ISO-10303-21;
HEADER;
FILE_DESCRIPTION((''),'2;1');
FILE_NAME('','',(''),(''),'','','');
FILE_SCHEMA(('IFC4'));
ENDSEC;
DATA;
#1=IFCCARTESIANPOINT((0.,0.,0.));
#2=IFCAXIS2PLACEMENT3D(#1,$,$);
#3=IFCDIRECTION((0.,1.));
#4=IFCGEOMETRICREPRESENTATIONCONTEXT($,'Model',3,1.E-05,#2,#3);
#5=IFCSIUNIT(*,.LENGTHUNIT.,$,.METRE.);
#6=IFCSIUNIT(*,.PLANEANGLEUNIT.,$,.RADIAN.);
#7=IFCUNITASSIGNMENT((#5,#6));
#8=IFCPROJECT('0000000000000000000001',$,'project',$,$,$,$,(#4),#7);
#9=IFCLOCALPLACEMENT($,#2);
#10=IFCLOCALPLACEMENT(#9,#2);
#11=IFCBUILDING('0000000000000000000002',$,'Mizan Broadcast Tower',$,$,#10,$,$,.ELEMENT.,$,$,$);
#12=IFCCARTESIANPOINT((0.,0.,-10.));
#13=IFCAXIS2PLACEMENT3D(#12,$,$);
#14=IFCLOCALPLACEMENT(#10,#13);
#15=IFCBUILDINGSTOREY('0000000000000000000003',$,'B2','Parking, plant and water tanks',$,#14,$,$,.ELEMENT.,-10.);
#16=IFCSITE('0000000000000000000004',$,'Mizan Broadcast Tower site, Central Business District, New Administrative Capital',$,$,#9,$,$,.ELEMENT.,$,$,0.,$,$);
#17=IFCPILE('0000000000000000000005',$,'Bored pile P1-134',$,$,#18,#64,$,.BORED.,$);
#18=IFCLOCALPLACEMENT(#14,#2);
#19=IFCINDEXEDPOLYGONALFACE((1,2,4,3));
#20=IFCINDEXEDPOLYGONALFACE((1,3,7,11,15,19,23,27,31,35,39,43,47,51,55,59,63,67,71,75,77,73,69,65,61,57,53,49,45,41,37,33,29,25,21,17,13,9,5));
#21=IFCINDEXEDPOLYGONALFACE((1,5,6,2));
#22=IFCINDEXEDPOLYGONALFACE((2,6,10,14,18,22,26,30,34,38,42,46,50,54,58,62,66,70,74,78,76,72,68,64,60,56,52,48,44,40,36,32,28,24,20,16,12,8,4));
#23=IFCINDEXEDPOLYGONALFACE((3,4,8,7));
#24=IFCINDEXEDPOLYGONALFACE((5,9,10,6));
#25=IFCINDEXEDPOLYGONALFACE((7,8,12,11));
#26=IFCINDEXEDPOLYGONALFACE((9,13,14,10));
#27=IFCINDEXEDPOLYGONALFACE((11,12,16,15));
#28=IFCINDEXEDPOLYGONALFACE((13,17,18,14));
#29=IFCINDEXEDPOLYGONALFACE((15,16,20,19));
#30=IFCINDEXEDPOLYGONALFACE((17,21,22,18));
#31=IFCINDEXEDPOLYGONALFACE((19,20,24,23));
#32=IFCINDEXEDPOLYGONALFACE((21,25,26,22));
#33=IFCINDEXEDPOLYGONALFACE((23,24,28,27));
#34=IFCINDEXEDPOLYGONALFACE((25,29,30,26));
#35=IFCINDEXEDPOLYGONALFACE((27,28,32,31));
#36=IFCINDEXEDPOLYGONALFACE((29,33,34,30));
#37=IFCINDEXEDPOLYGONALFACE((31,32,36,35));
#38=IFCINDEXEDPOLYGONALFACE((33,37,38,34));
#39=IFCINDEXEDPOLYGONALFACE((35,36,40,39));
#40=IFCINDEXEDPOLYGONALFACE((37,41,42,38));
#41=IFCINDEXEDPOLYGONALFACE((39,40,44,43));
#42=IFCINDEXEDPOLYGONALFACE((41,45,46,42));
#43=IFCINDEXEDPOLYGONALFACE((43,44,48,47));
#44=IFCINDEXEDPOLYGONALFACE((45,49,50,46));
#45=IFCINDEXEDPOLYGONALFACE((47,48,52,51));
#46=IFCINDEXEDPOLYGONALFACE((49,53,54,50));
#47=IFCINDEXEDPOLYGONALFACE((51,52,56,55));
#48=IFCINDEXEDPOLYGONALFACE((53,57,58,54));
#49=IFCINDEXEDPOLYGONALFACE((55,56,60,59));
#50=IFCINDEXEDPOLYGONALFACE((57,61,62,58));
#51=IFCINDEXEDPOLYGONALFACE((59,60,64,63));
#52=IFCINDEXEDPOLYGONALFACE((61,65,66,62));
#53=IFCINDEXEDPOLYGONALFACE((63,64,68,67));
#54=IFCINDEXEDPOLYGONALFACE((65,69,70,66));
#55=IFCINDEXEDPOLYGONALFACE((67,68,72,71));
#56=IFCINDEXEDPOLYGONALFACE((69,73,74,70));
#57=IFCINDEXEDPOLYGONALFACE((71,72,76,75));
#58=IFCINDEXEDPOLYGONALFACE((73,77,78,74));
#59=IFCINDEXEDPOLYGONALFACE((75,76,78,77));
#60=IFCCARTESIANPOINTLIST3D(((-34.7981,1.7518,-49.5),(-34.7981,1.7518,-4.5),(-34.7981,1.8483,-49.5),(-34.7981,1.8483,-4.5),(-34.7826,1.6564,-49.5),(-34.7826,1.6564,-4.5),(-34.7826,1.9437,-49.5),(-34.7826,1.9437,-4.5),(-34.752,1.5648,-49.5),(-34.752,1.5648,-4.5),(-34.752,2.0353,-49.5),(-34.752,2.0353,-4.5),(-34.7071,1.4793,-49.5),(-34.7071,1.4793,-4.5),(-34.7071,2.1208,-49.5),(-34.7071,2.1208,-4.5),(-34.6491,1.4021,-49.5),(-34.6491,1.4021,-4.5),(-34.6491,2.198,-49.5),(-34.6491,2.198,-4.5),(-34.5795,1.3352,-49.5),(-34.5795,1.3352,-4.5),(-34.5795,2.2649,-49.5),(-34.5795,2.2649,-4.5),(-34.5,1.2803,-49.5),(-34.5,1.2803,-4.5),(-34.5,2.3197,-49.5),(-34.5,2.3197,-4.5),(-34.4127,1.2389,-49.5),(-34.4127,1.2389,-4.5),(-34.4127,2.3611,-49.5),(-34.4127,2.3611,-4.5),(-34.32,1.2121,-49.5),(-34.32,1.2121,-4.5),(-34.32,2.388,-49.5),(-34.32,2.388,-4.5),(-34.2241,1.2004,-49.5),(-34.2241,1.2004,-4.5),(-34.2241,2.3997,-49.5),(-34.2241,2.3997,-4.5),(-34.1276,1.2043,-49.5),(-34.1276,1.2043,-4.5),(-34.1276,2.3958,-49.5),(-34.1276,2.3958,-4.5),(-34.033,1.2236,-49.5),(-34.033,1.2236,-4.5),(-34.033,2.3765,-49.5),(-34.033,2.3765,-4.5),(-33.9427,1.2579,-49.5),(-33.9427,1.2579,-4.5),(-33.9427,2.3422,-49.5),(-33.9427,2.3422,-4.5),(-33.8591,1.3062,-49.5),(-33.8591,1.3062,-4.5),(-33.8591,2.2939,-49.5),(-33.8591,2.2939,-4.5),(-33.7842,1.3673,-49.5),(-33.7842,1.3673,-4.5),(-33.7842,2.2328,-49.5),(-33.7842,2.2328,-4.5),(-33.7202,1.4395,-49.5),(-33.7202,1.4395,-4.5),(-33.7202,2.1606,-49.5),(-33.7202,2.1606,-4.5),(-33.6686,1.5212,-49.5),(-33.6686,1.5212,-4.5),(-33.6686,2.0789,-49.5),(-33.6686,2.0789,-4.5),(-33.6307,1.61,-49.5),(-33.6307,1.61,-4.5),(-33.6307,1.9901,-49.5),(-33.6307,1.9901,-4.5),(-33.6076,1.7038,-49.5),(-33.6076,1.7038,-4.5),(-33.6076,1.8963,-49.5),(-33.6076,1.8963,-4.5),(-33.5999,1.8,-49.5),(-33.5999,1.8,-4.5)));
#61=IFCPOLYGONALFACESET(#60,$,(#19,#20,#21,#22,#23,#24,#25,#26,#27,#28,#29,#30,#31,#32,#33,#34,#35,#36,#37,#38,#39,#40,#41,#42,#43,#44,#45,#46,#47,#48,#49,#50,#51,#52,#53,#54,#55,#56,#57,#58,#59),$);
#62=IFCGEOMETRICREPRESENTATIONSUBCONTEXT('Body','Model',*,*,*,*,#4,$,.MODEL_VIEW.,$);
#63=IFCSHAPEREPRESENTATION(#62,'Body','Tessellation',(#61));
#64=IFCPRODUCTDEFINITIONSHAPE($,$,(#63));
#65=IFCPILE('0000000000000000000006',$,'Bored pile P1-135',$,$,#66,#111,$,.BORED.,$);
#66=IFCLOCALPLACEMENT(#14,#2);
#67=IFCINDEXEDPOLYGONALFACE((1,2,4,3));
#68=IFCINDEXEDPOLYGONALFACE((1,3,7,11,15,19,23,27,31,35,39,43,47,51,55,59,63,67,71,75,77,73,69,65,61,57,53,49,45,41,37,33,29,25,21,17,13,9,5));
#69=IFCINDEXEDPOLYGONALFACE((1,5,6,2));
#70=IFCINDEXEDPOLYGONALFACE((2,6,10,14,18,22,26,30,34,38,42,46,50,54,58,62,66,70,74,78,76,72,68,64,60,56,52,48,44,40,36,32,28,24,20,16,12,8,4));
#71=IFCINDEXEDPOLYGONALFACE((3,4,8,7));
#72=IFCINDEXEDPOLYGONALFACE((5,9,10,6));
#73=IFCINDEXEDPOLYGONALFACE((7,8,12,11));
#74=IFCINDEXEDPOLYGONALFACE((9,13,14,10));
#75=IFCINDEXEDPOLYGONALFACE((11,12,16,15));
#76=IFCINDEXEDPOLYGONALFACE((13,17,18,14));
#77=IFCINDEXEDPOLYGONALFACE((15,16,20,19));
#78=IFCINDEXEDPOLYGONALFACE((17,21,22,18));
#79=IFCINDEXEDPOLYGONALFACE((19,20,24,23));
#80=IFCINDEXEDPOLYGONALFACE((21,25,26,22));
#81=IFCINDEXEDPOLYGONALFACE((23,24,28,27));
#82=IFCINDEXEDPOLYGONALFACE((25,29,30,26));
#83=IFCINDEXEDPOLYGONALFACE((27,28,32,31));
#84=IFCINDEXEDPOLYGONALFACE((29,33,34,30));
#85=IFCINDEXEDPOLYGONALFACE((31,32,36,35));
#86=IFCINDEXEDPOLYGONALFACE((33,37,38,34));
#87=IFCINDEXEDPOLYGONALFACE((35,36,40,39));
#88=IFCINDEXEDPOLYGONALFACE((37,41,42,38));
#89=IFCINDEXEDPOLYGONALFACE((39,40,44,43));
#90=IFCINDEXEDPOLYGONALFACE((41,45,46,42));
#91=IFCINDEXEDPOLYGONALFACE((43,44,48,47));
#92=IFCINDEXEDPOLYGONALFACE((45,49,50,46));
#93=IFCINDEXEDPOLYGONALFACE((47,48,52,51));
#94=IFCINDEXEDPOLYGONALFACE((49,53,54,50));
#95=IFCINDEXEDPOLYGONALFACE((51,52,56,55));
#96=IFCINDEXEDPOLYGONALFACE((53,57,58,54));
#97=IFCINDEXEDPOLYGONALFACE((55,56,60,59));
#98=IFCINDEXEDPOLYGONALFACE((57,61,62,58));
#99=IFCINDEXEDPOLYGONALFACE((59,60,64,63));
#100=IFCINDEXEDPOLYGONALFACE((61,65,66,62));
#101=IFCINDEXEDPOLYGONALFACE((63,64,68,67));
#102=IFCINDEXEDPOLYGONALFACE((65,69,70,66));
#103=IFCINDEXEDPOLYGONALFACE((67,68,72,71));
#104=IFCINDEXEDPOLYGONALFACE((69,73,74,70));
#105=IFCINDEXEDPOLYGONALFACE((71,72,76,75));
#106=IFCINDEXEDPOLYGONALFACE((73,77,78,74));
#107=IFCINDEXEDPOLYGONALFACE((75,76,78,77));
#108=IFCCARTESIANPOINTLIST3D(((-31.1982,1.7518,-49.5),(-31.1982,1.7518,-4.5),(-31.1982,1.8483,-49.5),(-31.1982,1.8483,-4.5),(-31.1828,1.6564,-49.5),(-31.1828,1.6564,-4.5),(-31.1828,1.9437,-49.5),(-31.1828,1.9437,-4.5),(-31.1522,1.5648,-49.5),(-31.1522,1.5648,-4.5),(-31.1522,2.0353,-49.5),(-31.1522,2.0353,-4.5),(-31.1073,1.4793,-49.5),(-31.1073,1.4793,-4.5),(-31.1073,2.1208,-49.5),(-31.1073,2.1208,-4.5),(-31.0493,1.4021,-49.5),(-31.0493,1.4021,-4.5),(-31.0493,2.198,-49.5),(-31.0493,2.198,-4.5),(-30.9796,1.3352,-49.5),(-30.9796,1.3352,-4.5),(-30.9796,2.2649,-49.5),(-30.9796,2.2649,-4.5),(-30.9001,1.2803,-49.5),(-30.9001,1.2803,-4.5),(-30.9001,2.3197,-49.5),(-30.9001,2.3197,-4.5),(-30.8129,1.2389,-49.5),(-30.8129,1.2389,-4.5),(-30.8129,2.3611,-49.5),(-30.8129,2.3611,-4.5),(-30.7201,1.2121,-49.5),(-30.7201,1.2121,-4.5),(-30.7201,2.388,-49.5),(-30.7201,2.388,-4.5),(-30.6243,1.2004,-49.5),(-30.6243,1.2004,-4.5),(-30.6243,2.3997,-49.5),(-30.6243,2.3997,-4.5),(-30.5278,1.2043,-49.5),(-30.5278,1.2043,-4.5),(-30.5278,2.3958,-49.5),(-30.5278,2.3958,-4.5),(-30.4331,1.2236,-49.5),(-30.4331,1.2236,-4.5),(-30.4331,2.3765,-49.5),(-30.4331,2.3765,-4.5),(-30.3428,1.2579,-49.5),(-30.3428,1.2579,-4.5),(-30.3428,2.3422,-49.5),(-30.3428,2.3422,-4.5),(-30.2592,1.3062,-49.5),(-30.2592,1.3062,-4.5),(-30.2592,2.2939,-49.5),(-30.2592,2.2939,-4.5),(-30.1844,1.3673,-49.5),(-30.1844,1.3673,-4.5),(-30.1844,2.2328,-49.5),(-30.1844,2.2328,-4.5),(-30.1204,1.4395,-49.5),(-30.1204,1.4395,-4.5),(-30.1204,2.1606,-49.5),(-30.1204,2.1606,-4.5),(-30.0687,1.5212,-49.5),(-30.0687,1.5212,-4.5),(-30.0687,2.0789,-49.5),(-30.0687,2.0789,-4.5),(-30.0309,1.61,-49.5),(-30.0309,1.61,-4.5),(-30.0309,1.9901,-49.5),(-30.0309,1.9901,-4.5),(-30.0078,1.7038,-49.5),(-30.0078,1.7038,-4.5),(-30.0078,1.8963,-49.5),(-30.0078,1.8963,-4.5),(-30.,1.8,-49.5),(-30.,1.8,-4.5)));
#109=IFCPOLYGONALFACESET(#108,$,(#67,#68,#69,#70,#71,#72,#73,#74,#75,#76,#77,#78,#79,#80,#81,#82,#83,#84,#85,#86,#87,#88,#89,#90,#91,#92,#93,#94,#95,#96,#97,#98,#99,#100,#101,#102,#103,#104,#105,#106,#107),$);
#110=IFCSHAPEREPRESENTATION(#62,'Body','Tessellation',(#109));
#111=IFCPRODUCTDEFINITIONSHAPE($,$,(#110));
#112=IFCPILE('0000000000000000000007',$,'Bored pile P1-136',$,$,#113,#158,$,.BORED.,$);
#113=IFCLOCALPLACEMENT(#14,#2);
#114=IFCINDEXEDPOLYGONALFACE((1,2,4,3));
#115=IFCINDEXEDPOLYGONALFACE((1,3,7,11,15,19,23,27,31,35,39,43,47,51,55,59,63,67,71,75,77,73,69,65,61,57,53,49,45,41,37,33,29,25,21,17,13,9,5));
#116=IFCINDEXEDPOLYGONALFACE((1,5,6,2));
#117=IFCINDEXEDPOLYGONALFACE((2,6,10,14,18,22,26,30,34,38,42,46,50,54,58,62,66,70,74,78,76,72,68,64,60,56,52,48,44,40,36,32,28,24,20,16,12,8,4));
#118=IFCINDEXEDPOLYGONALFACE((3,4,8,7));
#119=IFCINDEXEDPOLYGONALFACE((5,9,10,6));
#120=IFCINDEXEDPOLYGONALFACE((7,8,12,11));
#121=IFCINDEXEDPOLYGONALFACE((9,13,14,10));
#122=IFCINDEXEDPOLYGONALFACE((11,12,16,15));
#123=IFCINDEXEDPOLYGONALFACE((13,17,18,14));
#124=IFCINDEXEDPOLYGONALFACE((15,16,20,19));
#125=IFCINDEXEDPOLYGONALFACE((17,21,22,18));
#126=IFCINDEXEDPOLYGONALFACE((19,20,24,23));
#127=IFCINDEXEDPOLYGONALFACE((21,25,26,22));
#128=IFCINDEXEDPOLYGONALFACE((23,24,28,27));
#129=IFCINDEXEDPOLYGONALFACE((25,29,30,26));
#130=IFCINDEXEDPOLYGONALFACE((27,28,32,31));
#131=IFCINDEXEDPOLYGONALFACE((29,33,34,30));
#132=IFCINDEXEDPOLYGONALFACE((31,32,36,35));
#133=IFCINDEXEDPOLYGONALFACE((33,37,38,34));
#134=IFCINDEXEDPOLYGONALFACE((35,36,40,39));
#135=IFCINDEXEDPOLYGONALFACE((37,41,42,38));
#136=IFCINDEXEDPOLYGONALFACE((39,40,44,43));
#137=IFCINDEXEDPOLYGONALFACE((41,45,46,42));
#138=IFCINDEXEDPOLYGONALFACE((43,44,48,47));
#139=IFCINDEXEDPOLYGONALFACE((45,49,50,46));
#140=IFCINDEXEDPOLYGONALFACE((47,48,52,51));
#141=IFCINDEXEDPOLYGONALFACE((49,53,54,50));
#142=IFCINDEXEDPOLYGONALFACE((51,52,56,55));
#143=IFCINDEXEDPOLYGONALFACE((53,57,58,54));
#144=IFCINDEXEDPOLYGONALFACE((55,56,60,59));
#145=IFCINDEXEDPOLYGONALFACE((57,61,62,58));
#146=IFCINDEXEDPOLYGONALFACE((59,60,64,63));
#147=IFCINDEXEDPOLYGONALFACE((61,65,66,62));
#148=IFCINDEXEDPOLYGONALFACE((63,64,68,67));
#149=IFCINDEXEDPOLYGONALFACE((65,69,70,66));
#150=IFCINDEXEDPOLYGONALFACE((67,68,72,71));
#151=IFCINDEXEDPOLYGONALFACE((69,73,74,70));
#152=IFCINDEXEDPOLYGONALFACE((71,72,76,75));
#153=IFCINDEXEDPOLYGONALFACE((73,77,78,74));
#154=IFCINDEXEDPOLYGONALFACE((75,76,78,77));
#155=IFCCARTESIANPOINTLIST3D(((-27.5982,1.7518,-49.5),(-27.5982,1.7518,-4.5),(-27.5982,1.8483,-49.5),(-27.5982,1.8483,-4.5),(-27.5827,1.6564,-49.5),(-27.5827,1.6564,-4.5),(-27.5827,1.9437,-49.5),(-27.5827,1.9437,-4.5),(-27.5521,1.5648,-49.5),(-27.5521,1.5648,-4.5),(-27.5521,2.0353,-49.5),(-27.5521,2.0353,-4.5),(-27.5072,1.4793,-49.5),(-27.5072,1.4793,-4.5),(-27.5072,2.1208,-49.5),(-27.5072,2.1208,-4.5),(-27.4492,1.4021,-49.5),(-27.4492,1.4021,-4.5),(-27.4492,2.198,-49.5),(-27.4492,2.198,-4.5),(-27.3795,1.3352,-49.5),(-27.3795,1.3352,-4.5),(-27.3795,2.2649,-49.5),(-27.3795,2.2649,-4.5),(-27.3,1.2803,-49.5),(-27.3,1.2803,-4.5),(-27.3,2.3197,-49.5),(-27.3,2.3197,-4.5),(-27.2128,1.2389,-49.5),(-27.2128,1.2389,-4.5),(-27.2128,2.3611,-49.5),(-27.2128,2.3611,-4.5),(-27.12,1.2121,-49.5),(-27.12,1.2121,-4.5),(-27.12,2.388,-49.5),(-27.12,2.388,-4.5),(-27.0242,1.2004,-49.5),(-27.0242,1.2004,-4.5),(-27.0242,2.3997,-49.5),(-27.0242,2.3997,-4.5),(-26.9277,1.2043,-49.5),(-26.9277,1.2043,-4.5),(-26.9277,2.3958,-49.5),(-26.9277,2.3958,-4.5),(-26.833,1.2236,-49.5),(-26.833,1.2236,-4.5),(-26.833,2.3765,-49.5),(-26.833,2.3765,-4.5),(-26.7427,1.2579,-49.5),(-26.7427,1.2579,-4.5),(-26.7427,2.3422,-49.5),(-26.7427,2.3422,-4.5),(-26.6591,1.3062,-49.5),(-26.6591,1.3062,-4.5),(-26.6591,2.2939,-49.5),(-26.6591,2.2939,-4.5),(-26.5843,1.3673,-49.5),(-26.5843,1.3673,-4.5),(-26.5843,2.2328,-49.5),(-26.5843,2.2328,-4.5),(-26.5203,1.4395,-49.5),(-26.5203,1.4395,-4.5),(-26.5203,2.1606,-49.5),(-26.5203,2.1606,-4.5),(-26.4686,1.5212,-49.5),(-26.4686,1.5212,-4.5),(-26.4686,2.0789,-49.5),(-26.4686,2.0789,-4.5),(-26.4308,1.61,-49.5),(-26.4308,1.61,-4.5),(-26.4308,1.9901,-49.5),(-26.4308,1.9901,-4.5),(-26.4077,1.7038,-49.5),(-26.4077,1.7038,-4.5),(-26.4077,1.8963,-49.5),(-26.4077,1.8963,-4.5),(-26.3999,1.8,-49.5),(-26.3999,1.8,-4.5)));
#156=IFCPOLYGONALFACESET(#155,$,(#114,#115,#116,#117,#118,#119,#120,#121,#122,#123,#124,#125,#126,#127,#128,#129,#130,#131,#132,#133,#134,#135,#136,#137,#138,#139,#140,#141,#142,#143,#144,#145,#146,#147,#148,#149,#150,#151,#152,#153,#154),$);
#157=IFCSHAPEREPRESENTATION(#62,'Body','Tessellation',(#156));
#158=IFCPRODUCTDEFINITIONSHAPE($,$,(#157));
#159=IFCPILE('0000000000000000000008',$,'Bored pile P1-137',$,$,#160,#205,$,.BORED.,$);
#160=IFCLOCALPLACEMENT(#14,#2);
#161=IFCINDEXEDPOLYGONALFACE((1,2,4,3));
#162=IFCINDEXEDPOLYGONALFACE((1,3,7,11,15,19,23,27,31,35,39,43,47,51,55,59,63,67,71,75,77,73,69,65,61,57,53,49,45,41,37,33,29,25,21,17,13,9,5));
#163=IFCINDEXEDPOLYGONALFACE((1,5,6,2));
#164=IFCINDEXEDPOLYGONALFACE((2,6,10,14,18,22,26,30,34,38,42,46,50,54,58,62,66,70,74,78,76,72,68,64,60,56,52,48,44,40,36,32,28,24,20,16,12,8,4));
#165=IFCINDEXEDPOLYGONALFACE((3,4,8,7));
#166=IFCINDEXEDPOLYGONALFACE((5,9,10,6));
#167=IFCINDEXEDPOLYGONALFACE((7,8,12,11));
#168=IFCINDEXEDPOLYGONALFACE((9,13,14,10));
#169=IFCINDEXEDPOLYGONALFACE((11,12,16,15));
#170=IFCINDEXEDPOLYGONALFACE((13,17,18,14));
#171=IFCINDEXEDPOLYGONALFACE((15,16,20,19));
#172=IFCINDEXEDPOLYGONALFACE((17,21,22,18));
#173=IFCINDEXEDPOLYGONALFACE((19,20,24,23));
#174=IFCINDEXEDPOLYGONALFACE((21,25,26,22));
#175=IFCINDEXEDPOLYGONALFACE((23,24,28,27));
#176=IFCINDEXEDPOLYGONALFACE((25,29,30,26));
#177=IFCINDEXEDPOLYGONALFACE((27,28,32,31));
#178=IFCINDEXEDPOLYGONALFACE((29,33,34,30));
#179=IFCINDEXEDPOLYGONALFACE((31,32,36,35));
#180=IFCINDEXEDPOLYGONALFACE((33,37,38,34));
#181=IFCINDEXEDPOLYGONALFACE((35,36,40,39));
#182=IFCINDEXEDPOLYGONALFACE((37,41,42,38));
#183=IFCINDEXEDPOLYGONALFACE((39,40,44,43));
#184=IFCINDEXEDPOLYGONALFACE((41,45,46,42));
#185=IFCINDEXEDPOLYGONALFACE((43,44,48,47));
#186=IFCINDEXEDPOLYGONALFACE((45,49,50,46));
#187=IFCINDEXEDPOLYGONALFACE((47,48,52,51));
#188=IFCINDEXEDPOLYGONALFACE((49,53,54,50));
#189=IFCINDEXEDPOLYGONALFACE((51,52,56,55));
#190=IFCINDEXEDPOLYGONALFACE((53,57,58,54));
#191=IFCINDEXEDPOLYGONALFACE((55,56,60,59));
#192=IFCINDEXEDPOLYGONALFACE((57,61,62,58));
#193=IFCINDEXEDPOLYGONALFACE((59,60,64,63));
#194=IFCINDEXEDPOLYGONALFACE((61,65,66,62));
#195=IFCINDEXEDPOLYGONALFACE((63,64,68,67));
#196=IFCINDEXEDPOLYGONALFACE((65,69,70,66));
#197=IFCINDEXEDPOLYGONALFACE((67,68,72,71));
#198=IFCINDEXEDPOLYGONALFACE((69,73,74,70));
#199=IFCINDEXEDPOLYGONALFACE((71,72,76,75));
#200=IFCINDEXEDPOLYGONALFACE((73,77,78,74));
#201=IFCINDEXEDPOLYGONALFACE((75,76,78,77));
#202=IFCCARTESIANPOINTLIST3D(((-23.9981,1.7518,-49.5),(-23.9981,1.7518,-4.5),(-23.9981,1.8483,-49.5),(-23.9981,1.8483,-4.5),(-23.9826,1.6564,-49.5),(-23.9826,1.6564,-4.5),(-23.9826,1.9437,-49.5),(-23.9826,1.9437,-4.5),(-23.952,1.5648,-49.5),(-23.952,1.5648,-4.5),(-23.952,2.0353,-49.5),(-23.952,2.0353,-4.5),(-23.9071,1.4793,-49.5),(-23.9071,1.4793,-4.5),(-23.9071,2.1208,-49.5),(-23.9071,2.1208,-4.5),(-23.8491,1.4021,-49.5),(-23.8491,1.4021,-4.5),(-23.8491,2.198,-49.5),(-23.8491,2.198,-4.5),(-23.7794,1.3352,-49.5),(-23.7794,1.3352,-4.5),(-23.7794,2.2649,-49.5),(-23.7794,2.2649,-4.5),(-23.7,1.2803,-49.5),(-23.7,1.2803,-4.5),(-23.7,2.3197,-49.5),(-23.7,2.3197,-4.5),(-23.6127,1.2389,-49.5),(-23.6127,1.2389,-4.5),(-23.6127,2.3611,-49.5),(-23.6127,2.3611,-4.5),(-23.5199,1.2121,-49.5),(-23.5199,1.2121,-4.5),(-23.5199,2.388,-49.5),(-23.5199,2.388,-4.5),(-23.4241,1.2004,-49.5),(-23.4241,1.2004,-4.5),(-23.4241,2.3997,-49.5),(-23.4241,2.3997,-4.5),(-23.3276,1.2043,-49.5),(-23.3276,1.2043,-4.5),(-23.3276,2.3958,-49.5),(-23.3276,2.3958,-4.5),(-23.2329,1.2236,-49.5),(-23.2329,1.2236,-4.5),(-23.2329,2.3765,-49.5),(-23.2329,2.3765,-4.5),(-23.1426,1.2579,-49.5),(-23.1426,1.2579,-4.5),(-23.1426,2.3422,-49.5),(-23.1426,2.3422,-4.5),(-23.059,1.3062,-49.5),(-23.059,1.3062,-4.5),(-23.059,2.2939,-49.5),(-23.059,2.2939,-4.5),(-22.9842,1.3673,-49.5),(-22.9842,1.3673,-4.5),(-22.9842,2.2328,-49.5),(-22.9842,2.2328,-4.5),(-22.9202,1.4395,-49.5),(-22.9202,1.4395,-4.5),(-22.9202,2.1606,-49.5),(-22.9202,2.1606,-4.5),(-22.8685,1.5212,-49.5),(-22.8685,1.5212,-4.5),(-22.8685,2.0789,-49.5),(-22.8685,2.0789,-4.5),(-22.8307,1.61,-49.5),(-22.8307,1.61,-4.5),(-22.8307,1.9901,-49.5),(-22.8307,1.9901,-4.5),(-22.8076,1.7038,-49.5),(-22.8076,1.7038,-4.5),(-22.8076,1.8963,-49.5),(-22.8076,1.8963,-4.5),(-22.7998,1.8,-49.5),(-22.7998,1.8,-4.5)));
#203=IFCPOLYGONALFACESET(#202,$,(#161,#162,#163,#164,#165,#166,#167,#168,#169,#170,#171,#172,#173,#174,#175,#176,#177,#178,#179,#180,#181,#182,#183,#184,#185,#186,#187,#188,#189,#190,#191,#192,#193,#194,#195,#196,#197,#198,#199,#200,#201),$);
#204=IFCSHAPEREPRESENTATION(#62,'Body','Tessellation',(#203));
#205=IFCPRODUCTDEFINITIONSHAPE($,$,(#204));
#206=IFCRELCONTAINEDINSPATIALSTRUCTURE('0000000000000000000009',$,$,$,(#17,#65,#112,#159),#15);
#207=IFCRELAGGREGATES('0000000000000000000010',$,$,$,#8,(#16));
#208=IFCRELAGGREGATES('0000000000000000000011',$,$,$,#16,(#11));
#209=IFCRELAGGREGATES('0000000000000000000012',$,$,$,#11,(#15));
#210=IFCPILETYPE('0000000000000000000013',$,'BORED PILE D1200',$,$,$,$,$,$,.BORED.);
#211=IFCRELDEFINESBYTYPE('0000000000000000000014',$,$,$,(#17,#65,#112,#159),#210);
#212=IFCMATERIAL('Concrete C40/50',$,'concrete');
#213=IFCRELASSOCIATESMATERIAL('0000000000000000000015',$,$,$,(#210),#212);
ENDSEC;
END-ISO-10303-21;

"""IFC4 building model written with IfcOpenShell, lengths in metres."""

from ifc_helpers import new_model, si_unit, direction, frame, origin, origin_2d, place, context, subcontext, project, spatial, circle, extrude, material, material_profile, profile_set, type_object, element, save


model = new_model("IFC4")

# Units and contexts
model_context = context("Model", 3, precision=1e-05, world=origin(), true_north=direction((0.0, 1.0)))
body_context = subcontext(model_context, "Body", "Model", "MODEL_VIEW")
ifc_project = project(units=[si_unit("LENGTHUNIT", "METRE"), si_unit("PLANEANGLEUNIT", "RADIAN")], contexts=[model_context])

# Site, building, storey
site_placement = place(None, origin())
site = spatial("IfcSite", under=ifc_project, at=site_placement, Name="Mizan Broadcast Tower site, Central Business District, New Administrative Capital", CompositionType="ELEMENT", RefElevation=0.0)
building_placement = place(site_placement, origin())
building = spatial("IfcBuilding", under=site, at=building_placement, Name="Mizan Broadcast Tower", CompositionType="ELEMENT")
storey_placement = place(building_placement, frame((0.0, 0.0, -10.0)))
storey = spatial("IfcBuildingStorey", under=building, at=storey_placement, Name="B2", Description="Parking, plant and water tanks", CompositionType="ELEMENT", Elevation=-10.0)

# Piles
ifc_material_1 = material(Name="Concrete C40/50", Category="concrete")
ifc_material_profile_1 = material_profile(ifc_material_1, circle(Radius=0.6001, at=origin_2d()), Name="D1200")
ifc_profile_set_1 = profile_set([ifc_material_profile_1], Name="Concrete C40/50")
pile_type_1 = type_object("IfcPileType", Name="BORED PILE D1200", PredefinedType="BORED", material=ifc_profile_set_1)
for number, where, z_axis, x_axis, name in (
    (1, (-34.2, 1.8, -4.5), (0.0, 0.0, -1.0), (1.0, 0.0, 0.0), "Bored pile P1-134"),
    (2, (-30.6001, 1.8, -4.5), (0.0, 0.0, -1.0), (1.0, 0.0, 0.0), "Bored pile P1-135"),
    (3, (-27.0, 1.8, -4.5), (0.0, 0.0, -1.0), (1.0, 0.0, 0.0), "Bored pile P1-136"),
    (4, (-23.3999, 1.8, -4.5), (0.0, 0.0, -1.0), (1.0, 0.0, 0.0), "Bored pile P1-137"),
):
    element("IfcPile", number, at=place(storey_placement, frame(where, z_axis=z_axis, x_axis=x_axis)), inside=storey, type_object=pile_type_1, Name=name, PredefinedType="BORED", context=body_context, shape_type="SweptSolid", body=[
        extrude(circle(Radius=0.6001, at=origin_2d()), origin(), (0.0, 0.0, 1.0), 45.0),
    ])

save(model, "model.ifc")
